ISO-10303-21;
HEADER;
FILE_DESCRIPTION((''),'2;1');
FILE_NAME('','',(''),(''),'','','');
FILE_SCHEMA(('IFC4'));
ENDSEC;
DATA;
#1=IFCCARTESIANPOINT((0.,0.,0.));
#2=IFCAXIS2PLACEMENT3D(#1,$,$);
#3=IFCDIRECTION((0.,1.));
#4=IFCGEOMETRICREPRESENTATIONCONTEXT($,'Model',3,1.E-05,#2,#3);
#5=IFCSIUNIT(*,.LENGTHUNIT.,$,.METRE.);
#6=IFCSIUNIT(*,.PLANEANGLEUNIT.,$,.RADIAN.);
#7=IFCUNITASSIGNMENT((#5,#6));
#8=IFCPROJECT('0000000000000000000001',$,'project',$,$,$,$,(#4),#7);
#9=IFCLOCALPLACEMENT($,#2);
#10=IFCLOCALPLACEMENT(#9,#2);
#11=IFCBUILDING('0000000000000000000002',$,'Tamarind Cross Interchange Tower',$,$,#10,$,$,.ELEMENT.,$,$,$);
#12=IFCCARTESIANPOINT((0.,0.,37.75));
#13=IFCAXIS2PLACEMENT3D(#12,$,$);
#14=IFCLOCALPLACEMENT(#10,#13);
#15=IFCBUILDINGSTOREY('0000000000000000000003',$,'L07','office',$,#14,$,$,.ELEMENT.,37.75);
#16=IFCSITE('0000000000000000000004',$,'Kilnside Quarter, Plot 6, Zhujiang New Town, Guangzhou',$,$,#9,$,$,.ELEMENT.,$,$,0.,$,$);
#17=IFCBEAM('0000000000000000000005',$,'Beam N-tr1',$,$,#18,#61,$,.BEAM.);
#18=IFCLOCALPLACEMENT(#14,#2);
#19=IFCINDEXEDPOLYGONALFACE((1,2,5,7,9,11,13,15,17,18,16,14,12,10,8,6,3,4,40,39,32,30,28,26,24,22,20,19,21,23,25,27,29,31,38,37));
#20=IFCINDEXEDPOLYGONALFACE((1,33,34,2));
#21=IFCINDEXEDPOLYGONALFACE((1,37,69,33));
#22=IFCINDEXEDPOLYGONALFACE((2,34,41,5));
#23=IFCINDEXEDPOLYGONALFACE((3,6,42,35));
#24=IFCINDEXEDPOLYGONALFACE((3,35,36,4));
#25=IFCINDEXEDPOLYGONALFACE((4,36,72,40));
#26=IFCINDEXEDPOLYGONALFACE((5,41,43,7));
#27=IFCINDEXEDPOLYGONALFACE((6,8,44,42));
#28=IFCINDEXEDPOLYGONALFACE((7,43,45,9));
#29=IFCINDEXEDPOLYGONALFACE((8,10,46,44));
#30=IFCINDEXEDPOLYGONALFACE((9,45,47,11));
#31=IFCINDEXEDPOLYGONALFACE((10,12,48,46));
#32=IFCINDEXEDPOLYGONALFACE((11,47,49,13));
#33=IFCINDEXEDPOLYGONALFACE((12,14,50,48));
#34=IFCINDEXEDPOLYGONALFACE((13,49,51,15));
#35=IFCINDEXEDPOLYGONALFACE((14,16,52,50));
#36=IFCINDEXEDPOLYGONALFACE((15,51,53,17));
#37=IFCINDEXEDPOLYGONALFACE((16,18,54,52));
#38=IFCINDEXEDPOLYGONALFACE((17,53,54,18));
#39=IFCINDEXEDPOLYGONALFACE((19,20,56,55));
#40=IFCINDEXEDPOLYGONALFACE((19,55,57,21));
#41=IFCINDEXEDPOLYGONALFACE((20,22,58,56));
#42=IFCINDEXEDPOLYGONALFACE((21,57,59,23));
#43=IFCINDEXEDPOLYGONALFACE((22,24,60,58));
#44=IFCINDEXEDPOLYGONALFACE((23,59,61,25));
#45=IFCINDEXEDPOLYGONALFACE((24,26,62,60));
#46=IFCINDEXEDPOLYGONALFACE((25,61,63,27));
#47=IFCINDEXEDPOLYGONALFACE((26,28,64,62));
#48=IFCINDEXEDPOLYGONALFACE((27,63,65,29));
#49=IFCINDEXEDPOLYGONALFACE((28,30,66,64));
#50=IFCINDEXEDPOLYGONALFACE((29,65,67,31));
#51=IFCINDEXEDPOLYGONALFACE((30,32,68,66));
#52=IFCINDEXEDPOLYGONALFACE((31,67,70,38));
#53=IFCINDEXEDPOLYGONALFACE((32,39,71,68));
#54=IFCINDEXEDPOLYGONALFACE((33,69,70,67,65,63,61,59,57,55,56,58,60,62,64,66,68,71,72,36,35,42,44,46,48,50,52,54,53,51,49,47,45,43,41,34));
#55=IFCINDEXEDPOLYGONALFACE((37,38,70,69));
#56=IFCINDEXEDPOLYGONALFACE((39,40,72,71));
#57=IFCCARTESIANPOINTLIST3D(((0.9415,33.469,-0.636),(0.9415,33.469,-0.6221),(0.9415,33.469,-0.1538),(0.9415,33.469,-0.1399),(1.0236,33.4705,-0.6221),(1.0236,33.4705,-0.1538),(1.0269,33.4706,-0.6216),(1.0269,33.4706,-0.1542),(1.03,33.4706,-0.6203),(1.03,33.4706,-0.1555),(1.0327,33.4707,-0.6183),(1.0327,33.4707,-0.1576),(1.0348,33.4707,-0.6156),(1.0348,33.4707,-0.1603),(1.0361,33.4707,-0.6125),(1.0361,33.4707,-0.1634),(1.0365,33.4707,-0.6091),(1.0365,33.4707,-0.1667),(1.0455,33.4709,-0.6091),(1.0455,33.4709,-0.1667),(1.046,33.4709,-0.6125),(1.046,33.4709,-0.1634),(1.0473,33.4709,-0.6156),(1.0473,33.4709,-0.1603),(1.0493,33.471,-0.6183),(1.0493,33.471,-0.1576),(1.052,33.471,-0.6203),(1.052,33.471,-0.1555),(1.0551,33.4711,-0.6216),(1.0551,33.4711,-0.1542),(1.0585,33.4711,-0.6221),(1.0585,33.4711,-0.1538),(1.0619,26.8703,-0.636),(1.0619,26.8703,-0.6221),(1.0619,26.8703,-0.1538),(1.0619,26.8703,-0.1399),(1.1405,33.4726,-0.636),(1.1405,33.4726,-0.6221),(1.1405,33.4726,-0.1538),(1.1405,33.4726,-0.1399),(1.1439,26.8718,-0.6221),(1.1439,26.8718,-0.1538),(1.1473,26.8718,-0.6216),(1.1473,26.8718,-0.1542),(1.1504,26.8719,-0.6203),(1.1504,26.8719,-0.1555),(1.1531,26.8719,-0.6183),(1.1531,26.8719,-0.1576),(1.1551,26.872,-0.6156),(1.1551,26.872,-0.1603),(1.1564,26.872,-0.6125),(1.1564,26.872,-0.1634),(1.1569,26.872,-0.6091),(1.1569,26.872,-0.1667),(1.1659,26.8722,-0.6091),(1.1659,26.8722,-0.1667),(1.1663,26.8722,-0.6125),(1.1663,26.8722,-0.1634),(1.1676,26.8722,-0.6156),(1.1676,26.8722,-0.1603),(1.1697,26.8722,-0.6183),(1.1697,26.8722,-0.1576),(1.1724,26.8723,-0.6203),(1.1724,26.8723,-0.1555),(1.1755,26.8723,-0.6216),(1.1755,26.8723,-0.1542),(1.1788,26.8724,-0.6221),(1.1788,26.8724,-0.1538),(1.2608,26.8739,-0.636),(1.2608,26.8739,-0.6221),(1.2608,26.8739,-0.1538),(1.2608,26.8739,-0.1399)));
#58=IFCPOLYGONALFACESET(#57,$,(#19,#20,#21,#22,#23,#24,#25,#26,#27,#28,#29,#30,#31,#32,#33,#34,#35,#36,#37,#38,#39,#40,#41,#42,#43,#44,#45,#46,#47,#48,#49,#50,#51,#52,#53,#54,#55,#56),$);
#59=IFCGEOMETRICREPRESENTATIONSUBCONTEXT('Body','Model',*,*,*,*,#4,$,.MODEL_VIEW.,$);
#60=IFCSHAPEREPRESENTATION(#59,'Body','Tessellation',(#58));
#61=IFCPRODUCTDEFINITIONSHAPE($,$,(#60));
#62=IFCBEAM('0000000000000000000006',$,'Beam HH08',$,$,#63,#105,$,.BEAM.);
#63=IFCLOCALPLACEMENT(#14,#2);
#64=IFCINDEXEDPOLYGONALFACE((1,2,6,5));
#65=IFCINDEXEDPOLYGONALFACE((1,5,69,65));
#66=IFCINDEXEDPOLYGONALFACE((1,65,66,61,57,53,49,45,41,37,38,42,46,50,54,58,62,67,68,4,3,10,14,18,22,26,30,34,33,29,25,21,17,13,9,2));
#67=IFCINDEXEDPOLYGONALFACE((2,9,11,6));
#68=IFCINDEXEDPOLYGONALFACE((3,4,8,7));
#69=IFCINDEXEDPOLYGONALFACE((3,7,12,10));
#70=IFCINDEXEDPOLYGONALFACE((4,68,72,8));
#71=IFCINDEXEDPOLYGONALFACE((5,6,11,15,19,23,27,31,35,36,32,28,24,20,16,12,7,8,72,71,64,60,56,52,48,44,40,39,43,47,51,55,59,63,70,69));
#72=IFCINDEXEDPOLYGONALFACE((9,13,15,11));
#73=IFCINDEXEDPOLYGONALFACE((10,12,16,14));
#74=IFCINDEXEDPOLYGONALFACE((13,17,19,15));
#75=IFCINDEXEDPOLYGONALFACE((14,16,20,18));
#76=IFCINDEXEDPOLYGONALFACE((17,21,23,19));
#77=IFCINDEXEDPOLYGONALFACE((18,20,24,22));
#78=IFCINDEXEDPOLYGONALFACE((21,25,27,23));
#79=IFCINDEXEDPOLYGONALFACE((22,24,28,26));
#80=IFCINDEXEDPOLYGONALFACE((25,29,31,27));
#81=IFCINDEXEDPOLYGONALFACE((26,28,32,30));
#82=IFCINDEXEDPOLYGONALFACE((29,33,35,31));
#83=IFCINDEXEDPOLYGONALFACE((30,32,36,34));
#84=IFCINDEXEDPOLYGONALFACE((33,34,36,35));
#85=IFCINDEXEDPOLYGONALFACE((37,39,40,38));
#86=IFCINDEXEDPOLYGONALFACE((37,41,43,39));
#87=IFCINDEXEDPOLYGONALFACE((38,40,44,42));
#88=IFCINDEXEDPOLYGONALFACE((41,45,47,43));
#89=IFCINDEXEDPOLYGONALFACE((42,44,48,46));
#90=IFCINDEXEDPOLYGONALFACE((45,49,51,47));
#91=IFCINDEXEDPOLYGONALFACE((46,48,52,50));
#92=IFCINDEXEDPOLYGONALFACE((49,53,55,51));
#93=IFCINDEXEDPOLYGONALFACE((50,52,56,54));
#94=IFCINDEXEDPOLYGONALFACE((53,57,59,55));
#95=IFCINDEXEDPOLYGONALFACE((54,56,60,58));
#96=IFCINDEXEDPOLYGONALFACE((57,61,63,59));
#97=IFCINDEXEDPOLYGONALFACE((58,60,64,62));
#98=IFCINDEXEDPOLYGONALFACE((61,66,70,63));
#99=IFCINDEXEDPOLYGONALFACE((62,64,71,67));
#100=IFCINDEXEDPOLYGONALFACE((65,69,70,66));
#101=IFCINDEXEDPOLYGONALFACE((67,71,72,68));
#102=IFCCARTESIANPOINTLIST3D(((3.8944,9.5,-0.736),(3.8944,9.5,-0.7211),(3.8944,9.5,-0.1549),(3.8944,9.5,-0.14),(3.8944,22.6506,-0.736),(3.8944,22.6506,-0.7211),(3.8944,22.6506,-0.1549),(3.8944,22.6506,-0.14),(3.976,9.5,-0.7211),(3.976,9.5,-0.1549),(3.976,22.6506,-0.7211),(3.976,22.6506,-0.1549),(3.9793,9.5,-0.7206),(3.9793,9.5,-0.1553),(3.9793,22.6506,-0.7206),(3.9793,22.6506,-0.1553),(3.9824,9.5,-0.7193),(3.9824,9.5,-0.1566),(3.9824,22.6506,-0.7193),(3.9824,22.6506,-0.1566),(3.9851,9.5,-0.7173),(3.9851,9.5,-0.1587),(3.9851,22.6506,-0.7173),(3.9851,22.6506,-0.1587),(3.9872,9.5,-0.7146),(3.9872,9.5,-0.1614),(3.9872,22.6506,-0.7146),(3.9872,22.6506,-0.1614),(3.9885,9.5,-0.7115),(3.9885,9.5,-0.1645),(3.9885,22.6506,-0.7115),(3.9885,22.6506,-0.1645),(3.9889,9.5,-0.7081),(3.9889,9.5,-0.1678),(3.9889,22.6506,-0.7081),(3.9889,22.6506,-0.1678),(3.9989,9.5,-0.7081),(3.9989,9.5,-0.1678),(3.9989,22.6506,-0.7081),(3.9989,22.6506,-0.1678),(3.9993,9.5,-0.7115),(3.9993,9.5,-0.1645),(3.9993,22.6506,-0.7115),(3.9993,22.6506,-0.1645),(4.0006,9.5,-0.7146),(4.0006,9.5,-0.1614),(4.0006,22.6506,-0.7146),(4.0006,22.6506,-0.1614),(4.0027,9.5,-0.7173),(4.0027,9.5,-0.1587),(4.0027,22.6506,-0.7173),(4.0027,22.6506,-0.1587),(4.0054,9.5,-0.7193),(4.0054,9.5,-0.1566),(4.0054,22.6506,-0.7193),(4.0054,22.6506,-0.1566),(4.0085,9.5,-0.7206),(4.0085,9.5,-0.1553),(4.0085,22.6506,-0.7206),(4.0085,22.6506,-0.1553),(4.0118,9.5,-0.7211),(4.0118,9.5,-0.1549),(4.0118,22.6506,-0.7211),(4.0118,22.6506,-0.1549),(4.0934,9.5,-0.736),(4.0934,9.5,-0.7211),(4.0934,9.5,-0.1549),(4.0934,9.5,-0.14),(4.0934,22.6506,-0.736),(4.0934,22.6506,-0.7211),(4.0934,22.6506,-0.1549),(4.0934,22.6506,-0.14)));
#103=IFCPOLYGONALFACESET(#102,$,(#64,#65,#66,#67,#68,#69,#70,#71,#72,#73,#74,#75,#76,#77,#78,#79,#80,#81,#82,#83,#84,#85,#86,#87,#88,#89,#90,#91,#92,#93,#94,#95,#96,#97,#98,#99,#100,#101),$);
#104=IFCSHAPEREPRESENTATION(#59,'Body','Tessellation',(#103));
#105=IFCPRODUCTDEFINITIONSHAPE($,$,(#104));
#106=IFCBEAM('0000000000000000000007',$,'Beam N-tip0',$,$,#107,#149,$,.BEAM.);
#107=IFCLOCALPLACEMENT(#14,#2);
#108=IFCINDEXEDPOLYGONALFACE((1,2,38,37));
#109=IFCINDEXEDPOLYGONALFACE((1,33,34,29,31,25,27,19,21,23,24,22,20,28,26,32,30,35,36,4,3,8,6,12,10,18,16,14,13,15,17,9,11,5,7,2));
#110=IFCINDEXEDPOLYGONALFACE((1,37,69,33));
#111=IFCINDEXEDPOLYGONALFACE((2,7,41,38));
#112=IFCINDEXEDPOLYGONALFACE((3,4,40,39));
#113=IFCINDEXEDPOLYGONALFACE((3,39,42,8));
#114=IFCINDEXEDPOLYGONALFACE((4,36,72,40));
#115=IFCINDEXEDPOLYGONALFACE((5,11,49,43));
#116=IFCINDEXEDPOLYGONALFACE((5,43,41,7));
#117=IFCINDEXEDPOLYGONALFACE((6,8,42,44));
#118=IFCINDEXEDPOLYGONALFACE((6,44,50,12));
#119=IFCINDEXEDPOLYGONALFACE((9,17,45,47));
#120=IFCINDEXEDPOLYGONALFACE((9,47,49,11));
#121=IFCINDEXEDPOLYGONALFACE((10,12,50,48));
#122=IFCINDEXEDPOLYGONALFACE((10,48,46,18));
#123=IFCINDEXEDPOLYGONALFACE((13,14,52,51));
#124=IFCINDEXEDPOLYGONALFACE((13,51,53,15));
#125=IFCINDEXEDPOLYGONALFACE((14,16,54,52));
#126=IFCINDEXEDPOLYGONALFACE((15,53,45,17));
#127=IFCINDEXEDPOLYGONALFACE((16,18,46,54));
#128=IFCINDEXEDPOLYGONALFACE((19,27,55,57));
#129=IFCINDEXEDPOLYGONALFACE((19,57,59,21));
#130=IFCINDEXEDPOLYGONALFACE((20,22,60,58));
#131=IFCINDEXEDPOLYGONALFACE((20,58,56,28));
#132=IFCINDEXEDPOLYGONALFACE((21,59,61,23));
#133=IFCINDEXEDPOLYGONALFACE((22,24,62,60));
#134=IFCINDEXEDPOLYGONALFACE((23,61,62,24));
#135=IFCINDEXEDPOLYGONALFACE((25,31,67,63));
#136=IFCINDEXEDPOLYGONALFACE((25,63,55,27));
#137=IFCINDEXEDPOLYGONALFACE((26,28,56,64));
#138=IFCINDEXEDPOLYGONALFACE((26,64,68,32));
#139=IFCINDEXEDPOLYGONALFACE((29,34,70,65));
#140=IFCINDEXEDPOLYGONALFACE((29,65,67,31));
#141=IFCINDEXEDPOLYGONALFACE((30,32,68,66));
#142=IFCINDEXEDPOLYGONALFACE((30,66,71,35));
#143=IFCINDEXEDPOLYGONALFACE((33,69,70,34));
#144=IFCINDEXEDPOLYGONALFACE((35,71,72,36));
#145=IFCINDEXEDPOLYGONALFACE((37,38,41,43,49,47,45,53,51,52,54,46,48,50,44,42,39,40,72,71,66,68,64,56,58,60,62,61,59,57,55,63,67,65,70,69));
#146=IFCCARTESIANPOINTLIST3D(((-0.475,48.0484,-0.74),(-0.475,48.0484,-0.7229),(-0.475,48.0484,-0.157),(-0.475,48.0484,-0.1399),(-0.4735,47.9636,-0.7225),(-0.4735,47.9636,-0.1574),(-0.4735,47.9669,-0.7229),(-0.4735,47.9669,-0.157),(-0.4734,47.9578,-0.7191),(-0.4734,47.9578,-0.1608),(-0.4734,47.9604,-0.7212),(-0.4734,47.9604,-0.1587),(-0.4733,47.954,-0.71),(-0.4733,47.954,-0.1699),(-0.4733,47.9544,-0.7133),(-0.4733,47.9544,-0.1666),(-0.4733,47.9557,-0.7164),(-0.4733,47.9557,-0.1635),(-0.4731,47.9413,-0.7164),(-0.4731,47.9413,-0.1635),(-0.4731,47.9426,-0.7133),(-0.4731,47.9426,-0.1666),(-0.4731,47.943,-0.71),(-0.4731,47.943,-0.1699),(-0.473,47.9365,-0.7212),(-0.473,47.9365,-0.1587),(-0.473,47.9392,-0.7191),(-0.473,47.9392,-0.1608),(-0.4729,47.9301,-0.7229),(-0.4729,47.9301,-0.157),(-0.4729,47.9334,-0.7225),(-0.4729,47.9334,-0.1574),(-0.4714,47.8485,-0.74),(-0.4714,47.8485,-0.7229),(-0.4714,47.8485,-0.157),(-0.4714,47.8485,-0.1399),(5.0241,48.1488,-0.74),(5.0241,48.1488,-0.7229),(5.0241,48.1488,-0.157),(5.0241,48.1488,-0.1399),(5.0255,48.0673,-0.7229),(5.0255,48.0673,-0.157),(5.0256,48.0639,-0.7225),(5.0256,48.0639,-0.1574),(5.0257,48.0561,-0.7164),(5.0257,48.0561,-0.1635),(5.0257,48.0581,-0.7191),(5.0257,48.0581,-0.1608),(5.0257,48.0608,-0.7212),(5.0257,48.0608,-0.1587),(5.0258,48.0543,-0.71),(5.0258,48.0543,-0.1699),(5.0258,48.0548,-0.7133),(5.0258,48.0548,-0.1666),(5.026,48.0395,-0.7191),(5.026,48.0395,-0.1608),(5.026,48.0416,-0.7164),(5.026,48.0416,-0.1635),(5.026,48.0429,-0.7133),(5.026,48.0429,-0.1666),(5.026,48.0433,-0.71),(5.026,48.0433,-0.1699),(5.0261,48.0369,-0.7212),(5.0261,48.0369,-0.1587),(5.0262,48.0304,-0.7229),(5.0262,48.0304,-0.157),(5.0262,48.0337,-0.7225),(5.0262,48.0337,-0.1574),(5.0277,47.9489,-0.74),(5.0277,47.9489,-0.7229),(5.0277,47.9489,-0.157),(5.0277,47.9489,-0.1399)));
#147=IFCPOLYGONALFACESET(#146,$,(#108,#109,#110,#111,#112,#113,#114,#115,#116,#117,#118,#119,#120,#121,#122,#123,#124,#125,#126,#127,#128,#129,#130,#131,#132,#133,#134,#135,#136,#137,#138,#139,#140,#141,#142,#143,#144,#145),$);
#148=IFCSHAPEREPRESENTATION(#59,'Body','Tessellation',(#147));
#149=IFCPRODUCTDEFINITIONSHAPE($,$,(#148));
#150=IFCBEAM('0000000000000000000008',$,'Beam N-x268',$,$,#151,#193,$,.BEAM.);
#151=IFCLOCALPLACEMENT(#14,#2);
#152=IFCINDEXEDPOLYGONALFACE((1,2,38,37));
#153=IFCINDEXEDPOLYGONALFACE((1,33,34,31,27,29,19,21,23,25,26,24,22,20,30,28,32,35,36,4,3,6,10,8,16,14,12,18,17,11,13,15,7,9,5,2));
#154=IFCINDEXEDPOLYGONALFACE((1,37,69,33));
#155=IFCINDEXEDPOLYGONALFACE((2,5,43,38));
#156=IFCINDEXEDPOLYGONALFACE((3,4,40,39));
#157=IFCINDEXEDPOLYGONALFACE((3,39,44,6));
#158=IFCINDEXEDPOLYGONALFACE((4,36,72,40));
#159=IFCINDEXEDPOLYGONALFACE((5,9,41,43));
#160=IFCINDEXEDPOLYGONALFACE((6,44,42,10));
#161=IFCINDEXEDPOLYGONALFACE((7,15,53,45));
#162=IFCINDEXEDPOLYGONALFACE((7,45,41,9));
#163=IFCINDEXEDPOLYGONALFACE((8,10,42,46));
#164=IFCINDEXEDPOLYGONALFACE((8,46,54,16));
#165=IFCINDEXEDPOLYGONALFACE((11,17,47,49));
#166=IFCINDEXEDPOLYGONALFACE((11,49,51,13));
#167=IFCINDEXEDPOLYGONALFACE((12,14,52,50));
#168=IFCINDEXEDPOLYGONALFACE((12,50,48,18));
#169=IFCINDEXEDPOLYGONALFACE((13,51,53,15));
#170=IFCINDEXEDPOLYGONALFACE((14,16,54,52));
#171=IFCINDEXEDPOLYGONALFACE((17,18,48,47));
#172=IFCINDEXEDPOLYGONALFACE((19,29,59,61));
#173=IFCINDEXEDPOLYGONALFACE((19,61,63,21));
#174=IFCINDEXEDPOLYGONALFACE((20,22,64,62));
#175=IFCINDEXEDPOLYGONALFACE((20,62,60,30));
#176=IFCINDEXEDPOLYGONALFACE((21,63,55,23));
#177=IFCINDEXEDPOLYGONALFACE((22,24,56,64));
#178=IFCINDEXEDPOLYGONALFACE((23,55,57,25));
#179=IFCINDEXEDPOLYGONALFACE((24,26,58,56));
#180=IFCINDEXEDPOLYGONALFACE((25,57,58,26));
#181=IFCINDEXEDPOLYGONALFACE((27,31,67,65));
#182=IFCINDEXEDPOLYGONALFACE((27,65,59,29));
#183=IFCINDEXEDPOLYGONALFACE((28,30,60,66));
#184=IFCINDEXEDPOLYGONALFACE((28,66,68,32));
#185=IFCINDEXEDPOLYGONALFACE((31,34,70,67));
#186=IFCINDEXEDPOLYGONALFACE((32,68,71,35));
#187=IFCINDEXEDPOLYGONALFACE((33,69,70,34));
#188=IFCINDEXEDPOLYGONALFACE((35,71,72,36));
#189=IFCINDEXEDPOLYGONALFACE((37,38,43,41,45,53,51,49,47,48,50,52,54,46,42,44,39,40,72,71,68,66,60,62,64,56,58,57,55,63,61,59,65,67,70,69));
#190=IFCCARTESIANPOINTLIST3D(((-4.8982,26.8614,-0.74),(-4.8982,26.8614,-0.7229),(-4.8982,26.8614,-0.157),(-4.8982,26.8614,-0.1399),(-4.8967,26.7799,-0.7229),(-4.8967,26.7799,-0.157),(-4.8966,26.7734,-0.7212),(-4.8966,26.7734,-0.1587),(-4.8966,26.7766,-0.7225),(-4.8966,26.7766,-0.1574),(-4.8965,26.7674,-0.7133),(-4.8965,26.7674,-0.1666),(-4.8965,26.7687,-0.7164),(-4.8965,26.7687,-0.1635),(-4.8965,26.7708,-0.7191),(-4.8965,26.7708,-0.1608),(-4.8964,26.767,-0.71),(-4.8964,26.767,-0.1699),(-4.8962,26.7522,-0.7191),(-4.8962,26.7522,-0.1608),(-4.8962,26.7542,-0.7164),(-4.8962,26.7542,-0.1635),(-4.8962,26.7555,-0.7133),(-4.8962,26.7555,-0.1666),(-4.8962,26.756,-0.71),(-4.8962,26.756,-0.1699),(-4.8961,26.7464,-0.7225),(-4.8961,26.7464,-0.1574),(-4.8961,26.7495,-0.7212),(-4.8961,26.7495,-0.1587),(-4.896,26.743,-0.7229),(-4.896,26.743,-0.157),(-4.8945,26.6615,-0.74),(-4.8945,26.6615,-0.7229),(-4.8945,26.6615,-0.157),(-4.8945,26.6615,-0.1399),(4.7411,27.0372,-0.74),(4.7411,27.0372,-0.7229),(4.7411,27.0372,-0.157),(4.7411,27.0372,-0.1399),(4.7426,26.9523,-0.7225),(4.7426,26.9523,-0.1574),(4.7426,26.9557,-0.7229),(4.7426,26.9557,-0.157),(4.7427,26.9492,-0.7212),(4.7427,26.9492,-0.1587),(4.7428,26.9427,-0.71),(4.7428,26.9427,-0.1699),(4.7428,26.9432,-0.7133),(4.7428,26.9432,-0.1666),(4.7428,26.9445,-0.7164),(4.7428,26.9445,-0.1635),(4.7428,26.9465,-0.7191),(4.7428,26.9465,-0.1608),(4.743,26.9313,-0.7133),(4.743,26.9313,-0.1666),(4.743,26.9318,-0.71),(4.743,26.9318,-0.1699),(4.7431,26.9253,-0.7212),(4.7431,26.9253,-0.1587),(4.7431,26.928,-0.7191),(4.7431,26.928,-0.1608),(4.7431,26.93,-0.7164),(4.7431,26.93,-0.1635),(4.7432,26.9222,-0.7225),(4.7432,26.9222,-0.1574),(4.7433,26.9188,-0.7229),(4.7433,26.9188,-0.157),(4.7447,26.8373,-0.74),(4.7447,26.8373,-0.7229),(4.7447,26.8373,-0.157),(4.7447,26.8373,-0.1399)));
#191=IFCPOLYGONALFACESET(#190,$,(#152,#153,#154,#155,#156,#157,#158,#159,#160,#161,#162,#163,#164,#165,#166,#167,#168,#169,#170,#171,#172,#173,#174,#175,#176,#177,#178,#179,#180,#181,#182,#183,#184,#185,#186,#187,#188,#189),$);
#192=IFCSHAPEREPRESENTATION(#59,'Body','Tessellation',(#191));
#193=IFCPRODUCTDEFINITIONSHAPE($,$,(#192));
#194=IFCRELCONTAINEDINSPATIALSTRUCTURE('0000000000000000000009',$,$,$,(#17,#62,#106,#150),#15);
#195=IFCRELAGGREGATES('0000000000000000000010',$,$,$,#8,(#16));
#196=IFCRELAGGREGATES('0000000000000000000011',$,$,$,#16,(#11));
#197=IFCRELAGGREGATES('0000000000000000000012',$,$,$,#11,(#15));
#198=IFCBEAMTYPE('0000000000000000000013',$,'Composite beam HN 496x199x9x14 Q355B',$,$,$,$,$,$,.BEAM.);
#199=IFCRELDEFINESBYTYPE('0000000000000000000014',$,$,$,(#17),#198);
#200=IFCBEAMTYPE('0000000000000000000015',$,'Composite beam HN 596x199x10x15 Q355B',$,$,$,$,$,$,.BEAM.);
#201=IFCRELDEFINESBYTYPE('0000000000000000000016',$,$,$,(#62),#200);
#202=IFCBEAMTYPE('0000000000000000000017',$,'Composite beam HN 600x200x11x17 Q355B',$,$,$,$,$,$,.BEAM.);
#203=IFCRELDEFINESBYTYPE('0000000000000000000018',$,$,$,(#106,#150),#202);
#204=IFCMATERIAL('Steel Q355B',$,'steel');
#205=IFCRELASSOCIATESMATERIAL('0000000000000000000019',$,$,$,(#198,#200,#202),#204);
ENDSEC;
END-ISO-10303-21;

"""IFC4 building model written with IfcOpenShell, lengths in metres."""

from ifc_helpers import new_model, si_unit, direction, frame, origin, origin_2d, place, context, subcontext, project, spatial, i_section, extrude, material, material_profile, profile_set, type_object, element, save


model = new_model("IFC4")

# Units and contexts
model_context = context("Model", 3, precision=1e-05, world=origin(), true_north=direction((0.0, 1.0)))
body_context = subcontext(model_context, "Body", "Model", "MODEL_VIEW")
ifc_project = project(units=[si_unit("LENGTHUNIT", "METRE"), si_unit("PLANEANGLEUNIT", "RADIAN")], contexts=[model_context])

# Site, building, storey
site_placement = place(None, origin())
site = spatial("IfcSite", under=ifc_project, at=site_placement, Name="Kilnside Quarter, Plot 6, Zhujiang New Town, Guangzhou", CompositionType="ELEMENT", RefElevation=0.0)
building_placement = place(site_placement, origin())
building = spatial("IfcBuilding", under=site, at=building_placement, Name="Tamarind Cross Interchange Tower", CompositionType="ELEMENT")
storey_placement = place(building_placement, frame((0.0, 0.0, 37.75)))
storey = spatial("IfcBuildingStorey", under=building, at=storey_placement, Name="L07", Description="office", CompositionType="ELEMENT", Elevation=37.75)

# Beams
ifc_material_1 = material(Name="Steel Q355B", Category="steel")
ifc_material_profile_1 = material_profile(ifc_material_1, i_section(OverallWidth=0.199, OverallDepth=0.4961, WebThickness=0.009, FlangeThickness=0.0139, FilletRadius=0.0129, at=origin_2d()), Name="HN 496x199x9x14")
ifc_profile_set_1 = profile_set([ifc_material_profile_1], Name="Steel Q355B")
beam_type_1 = type_object("IfcBeamType", Name="Composite beam HN 496x199x9x14 Q355B", PredefinedType="BEAM", material=ifc_profile_set_1)
beam_1_placement = place(storey_placement, frame((1.1614, 26.8721, -0.3879), z_axis=(-0.018237, 0.999834, 0.0), x_axis=(-0.999834, -0.018237, 0.0)))
element("IfcBeam", 1, at=beam_1_placement, inside=storey, type_object=beam_type_1, Name="Beam N-tr1", PredefinedType="BEAM", context=body_context, shape_type="SweptSolid", body=[
    extrude(i_section(OverallWidth=0.199, OverallDepth=0.4961, WebThickness=0.009, FlangeThickness=0.0139, FilletRadius=0.0129, at=origin_2d()), origin(), (0.0, 0.0, 1.0), 6.5999),
])
ifc_material_profile_2 = material_profile(ifc_material_1, i_section(OverallWidth=0.199, OverallDepth=0.5959, WebThickness=0.01, FlangeThickness=0.0149, FilletRadius=0.0129, at=origin_2d()), Name="HN 596x199x10x15")
ifc_profile_set_2 = profile_set([ifc_material_profile_2], Name="Steel Q355B")
beam_type_2 = type_object("IfcBeamType", Name="Composite beam HN 596x199x10x15 Q355B", PredefinedType="BEAM", material=ifc_profile_set_2)
beam_2_placement = place(storey_placement, frame((3.9939, 22.6506, -0.438), z_axis=(0.0, -1.0, 0.0), x_axis=(1.0, 0.0, 0.0)))
element("IfcBeam", 2, at=beam_2_placement, inside=storey, type_object=beam_type_2, Name="Beam HH08", PredefinedType="BEAM", context=body_context, shape_type="SweptSolid", body=[
    extrude(i_section(OverallWidth=0.199, OverallDepth=0.5959, WebThickness=0.01, FlangeThickness=0.0149, FilletRadius=0.0129, at=origin_2d()), origin(), (0.0, 0.0, 1.0), 13.1506),
])
ifc_material_profile_3 = material_profile(ifc_material_1, i_section(OverallWidth=0.2, OverallDepth=0.6001, WebThickness=0.011, FlangeThickness=0.0171, FilletRadius=0.0129, at=origin_2d()), Name="HN 600x200x11x17")
ifc_profile_set_3 = profile_set([ifc_material_profile_3], Name="Steel Q355B")
beam_type_3 = type_object("IfcBeamType", Name="Composite beam HN 600x200x11x17 Q355B", PredefinedType="BEAM", material=ifc_profile_set_3)
beam_3_placement = place(storey_placement, frame((5.0259, 48.0488, -0.4399), z_axis=(-0.999834, -0.018244, 0.0), x_axis=(0.018244, -0.999834, 0.0)))
element("IfcBeam", 3, at=beam_3_placement, inside=storey, type_object=beam_type_3, Name="Beam N-tip0", PredefinedType="BEAM", context=body_context, shape_type="SweptSolid", body=[
    extrude(i_section(OverallWidth=0.2, OverallDepth=0.6001, WebThickness=0.011, FlangeThickness=0.0171, FilletRadius=0.0129, at=origin_2d()), origin(), (0.0, 0.0, 1.0), 5.5),
])
beam_4_placement = place(storey_placement, frame((4.7429, 26.9373, -0.4399), z_axis=(-0.999834, -0.018233, 0.0), x_axis=(0.018233, -0.999834, 0.0)))
element("IfcBeam", 4, at=beam_4_placement, inside=storey, type_object=beam_type_3, Name="Beam N-x268", PredefinedType="BEAM", context=body_context, shape_type="SweptSolid", body=[
    extrude(i_section(OverallWidth=0.2, OverallDepth=0.6001, WebThickness=0.011, FlangeThickness=0.0171, FilletRadius=0.0129, at=origin_2d()), origin(), (0.0, 0.0, 1.0), 9.6409),
])

save(model, "model.ifc")
